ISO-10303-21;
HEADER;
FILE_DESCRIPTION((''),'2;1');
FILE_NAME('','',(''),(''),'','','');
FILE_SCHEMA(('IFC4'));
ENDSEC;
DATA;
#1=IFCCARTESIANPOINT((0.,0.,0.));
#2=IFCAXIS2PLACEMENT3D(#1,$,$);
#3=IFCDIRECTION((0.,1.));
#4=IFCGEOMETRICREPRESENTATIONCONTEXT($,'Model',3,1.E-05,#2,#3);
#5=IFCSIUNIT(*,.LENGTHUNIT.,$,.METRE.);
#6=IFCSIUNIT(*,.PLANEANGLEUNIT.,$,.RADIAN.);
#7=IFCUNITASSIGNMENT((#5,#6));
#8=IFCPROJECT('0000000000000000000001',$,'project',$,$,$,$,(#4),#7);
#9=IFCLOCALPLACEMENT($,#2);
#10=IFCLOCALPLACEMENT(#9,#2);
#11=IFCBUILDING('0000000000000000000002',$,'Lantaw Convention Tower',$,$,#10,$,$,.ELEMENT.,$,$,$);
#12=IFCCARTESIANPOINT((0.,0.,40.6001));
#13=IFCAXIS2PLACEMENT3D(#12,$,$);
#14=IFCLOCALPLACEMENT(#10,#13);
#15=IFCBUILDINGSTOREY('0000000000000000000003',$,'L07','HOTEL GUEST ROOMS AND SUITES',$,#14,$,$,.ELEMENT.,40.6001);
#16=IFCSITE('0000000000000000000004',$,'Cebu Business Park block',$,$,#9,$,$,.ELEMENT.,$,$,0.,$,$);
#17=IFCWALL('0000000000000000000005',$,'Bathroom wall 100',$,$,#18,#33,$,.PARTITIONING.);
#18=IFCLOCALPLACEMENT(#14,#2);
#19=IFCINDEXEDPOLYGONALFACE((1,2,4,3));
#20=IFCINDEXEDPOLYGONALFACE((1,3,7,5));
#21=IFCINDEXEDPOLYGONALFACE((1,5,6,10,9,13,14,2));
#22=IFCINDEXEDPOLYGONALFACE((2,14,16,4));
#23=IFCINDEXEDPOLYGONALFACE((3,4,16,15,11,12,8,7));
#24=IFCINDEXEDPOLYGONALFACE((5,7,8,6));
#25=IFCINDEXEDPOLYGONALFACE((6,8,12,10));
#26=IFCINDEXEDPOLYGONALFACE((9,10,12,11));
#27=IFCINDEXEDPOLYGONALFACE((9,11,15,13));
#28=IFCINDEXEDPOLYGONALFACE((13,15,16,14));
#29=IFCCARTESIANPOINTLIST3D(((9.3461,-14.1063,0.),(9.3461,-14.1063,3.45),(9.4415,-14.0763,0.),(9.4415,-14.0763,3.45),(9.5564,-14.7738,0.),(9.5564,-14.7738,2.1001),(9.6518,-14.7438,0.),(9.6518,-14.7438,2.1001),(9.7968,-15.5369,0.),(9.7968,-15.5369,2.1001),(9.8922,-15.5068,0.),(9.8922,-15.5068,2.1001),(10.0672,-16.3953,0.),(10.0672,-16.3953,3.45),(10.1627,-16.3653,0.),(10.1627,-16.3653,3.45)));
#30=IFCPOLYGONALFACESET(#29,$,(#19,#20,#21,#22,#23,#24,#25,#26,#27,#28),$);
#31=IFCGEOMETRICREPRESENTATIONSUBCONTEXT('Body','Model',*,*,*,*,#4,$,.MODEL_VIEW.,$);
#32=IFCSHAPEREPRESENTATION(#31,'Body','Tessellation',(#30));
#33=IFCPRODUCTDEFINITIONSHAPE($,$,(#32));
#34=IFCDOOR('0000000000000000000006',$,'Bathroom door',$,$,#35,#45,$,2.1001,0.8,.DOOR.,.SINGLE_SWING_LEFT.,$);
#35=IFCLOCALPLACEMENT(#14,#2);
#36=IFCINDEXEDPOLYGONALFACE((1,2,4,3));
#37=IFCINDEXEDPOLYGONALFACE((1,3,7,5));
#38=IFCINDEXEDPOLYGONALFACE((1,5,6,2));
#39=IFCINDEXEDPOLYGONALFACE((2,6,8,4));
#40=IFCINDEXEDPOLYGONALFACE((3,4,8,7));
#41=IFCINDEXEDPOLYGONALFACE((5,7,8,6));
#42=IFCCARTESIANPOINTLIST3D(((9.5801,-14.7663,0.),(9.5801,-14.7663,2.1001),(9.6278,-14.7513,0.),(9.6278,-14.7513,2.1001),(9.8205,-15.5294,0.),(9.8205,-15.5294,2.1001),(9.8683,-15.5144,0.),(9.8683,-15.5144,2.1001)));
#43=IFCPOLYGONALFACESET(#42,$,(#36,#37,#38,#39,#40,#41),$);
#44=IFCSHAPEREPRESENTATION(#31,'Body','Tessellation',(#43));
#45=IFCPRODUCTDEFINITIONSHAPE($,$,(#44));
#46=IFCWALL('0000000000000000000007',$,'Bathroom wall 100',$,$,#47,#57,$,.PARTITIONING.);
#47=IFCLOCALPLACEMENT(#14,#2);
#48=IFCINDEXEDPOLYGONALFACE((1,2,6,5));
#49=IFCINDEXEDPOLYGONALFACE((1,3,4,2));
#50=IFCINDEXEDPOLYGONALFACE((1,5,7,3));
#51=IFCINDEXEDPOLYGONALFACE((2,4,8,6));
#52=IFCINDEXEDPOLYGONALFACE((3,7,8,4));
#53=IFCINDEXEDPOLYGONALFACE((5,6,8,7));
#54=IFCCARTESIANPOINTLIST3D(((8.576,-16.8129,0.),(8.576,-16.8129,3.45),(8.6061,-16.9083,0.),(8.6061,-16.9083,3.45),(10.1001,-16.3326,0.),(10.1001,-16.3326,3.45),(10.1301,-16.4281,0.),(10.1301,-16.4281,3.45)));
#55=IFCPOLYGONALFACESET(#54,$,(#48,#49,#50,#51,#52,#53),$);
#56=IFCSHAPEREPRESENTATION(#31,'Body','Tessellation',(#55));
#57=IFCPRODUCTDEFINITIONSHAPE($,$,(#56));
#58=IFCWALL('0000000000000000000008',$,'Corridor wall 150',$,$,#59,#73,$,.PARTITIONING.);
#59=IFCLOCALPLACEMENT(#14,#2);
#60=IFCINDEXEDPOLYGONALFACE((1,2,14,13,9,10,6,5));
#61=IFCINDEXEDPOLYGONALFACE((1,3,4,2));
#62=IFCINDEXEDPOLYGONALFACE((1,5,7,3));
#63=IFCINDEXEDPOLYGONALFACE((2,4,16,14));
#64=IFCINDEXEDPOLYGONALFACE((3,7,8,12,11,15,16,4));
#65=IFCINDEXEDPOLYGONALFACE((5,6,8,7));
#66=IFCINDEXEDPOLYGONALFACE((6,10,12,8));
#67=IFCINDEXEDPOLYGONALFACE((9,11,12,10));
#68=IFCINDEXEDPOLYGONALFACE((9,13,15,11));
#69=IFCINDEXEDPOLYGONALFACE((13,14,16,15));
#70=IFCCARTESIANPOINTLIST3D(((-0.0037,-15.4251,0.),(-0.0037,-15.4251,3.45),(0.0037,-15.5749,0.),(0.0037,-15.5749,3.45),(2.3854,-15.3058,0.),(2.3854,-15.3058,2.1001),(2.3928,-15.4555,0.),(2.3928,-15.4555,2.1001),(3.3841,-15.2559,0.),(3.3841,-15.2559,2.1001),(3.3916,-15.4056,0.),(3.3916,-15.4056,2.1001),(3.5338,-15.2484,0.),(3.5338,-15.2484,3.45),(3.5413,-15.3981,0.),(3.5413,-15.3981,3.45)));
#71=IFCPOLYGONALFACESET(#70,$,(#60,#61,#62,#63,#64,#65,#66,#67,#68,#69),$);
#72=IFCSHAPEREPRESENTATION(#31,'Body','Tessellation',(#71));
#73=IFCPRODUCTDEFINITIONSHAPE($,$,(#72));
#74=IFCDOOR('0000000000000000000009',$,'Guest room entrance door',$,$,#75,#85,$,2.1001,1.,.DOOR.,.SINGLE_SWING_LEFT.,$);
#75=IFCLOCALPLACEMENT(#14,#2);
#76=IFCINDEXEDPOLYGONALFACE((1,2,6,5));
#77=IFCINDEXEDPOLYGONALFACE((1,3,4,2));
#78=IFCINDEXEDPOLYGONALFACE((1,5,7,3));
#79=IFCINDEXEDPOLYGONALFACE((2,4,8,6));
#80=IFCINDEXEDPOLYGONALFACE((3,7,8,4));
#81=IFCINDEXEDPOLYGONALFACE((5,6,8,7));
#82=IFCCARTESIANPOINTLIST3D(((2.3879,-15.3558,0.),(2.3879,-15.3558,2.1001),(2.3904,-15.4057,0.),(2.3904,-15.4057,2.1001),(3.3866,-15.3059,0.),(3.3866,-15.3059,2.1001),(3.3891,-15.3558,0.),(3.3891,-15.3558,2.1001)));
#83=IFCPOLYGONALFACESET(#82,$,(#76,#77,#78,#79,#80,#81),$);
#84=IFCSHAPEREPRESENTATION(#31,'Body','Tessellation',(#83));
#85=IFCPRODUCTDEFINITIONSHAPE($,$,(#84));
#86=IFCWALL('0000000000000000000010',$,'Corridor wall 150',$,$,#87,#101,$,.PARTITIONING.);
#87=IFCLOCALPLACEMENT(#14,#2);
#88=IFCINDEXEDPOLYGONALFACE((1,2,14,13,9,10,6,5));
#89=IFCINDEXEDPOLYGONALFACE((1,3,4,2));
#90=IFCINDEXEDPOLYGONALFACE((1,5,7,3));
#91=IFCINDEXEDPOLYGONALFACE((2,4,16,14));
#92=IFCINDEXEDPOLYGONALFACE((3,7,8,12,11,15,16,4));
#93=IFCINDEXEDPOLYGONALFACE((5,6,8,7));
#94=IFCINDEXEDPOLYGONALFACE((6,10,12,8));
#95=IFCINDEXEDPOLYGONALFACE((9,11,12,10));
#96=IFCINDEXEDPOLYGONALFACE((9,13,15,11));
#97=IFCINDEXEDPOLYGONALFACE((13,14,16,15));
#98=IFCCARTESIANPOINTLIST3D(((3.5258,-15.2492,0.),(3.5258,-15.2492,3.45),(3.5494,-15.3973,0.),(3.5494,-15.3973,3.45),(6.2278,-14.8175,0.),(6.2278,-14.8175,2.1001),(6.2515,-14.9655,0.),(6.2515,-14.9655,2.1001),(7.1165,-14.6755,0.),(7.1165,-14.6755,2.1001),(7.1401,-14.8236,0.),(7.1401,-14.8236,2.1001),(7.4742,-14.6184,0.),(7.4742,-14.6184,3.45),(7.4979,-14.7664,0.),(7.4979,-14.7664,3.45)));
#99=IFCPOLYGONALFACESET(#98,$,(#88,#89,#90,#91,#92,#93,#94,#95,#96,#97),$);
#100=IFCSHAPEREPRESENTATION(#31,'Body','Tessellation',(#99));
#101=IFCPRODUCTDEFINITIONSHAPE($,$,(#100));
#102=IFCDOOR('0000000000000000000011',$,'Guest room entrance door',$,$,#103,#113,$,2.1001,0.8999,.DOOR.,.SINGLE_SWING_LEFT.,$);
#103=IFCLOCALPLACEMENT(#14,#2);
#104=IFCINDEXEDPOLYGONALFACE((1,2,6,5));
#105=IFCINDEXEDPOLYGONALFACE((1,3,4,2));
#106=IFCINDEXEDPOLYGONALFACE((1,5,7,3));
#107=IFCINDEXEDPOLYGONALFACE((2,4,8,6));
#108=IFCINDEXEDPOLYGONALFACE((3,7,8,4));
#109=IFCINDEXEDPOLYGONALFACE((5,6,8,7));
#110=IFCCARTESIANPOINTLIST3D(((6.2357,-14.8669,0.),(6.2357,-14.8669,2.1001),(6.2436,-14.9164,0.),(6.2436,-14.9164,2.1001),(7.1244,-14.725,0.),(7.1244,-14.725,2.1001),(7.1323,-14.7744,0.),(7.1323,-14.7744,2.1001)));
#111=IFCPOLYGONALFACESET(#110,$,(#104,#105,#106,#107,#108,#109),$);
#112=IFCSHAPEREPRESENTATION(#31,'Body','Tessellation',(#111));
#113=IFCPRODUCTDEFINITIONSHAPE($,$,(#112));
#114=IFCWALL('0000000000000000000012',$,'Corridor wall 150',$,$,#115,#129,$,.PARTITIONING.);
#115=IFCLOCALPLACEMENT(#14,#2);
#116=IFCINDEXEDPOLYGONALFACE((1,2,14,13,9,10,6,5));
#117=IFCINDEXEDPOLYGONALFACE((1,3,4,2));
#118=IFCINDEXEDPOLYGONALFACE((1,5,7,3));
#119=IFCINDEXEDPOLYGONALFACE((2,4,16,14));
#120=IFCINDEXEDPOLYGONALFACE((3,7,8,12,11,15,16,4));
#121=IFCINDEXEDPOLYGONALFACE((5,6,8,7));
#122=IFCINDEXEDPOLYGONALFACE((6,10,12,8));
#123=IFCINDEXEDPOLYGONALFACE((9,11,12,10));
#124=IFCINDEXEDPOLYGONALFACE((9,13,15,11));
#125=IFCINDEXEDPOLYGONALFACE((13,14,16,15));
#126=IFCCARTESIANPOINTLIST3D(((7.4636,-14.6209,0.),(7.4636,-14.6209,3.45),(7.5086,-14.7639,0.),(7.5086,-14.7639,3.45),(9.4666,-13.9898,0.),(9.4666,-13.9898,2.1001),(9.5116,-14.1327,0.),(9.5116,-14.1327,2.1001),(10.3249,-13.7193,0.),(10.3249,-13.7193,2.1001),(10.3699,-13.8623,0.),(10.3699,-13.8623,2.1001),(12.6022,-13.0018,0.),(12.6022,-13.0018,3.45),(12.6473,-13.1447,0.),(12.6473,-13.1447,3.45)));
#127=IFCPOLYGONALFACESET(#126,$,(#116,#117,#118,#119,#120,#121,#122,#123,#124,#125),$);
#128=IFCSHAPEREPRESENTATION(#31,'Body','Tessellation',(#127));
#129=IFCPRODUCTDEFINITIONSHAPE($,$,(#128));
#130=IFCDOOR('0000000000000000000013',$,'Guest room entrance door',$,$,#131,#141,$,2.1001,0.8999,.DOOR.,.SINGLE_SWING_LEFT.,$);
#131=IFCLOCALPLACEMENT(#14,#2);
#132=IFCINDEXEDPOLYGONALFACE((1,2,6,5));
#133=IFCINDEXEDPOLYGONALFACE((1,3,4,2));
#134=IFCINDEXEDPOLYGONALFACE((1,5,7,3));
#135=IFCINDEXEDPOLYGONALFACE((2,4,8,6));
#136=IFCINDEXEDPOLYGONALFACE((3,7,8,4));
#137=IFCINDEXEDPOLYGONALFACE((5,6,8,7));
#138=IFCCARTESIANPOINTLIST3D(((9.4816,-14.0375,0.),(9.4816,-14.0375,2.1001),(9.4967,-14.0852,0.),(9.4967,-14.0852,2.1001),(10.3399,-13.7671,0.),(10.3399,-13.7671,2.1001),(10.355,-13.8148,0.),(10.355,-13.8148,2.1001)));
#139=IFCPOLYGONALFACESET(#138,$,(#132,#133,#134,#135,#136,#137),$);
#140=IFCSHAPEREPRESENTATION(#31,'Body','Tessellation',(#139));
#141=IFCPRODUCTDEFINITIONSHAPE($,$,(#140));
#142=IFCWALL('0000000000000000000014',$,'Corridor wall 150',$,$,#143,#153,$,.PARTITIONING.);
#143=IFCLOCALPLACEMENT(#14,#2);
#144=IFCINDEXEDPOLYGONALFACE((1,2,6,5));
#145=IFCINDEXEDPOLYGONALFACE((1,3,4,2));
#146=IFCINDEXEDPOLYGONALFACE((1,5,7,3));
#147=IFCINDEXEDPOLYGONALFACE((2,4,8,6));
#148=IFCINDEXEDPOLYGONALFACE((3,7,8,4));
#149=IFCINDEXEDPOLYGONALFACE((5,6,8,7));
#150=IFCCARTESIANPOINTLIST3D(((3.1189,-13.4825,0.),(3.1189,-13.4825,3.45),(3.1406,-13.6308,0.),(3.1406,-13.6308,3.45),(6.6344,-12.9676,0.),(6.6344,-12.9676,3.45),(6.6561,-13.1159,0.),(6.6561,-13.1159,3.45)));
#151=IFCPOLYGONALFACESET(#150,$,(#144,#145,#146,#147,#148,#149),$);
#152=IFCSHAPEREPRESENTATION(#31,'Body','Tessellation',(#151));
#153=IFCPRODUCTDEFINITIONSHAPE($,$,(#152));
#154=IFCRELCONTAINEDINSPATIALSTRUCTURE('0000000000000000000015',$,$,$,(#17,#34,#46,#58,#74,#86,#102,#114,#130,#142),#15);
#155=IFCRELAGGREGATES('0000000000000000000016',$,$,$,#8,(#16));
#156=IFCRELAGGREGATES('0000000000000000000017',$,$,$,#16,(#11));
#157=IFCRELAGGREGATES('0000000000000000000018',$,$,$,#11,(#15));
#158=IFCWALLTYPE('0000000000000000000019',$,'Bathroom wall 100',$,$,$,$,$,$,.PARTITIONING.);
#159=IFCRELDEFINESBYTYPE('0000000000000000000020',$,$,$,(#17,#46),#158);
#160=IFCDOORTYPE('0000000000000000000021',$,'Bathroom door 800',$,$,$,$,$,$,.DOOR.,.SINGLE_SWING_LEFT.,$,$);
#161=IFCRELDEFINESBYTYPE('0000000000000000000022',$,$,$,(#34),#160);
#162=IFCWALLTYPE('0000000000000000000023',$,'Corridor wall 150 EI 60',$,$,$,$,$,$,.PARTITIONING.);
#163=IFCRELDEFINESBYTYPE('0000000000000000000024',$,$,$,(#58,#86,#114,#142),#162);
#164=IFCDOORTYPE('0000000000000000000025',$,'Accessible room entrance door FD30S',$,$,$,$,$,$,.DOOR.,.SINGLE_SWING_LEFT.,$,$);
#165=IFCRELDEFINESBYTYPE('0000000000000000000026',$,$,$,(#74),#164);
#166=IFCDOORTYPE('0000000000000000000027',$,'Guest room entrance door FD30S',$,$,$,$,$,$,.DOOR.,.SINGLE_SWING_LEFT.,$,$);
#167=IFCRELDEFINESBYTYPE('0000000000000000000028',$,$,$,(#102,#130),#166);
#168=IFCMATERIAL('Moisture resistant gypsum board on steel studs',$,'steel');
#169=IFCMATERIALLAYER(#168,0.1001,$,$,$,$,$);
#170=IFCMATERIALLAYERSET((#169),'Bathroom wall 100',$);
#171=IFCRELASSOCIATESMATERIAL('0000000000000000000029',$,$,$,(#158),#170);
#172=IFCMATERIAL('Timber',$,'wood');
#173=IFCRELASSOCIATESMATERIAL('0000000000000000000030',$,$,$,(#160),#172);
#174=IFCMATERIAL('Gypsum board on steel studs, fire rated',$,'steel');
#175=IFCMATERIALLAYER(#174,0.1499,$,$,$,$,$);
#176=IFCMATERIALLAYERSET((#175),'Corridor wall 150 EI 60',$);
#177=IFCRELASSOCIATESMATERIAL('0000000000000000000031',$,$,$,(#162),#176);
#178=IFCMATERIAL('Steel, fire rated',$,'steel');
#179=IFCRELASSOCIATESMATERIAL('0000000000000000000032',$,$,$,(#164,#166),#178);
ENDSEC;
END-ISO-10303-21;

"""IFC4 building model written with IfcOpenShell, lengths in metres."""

from ifc_helpers import new_model, si_unit, direction, frame, frame_2d, origin, place, context, subcontext, project, spatial, rectangle, extrude, material, layer, layer_set, type_object, element, fill, save


model = new_model("IFC4")

# Units and contexts
model_context = context("Model", 3, precision=1e-05, world=origin(), true_north=direction((0.0, 1.0)))
body_context = subcontext(model_context, "Body", "Model", "MODEL_VIEW")
ifc_project = project(units=[si_unit("LENGTHUNIT", "METRE"), si_unit("PLANEANGLEUNIT", "RADIAN")], contexts=[model_context])

# Site, building, storey
site_placement = place(None, origin())
site = spatial("IfcSite", under=ifc_project, at=site_placement, Name="Cebu Business Park block", CompositionType="ELEMENT", RefElevation=0.0)
building_placement = place(site_placement, origin())
building = spatial("IfcBuilding", under=site, at=building_placement, Name="Lantaw Convention Tower", CompositionType="ELEMENT")
storey_placement = place(building_placement, frame((0.0, 0.0, 40.6001)))
storey = spatial("IfcBuildingStorey", under=building, at=storey_placement, Name="L07", Description="HOTEL GUEST ROOMS AND SUITES", CompositionType="ELEMENT", Elevation=40.6001)

# Shared definitions
ifc_material_1 = material(Name="Moisture resistant gypsum board on steel studs", Category="steel")
ifc_layer_1 = layer(ifc_material_1, 0.1001)
ifc_layer_set_1 = layer_set([ifc_layer_1], Name="Bathroom wall 100")
wall_type_1 = type_object("IfcWallType", Name="Bathroom wall 100", PredefinedType="PARTITIONING", material=ifc_layer_set_1)
ifc_material_2 = material(Name="Timber", Category="wood")
door_type_1 = type_object("IfcDoorType", Name="Bathroom door 800", OperationType="SINGLE_SWING_LEFT", PredefinedType="DOOR", material=ifc_material_2)

# Wall, opening, door
wall_1_placement = place(storey_placement, frame((9.3938, -14.0913, 0.0), z_axis=(0.0, 0.0, 1.0), x_axis=(0.300498, -0.953782, 0.0)))
wall_1 = element("IfcWall", 1, at=wall_1_placement, inside=storey, type_object=wall_type_1, Name="Bathroom wall 100", PredefinedType="PARTITIONING", context=body_context, shape_type="SweptSolid", body=[
    extrude(rectangle(XDim=2.3999, YDim=0.1001, at=frame_2d((1.2, 0.0))), origin(), (0.0, 0.0, 1.0), 3.45),
])
opening_1_placement = place(wall_1_placement, frame((0.7, 0.0, 0.0)))
opening_1 = element("IfcOpeningElement", 2, at=opening_1_placement, cuts=wall_1, PredefinedType="OPENING", context=body_context, shape_type="SweptSolid", body=[
    extrude(rectangle(XDim=0.8, YDim=2.1001, at=frame_2d((0.3999, 1.05))), frame((0.0, 0.0601, 0.0), z_axis=(0.0, -1.0, 0.0), x_axis=(1.0, 0.0, 0.0)), (0.0, 0.0, 1.0), 0.1201),
])
door_1_placement = place(opening_1_placement, origin())
door_1 = element("IfcDoor", 3, at=door_1_placement, inside=storey, type_object=door_type_1, Name="Bathroom door", OperationType="SINGLE_SWING_LEFT", OverallHeight=2.1001, OverallWidth=0.8, PredefinedType="DOOR", context=body_context, shape_type="SweptSolid", body=[
    extrude(rectangle(XDim=0.8, YDim=2.1001, at=frame_2d((0.3999, 1.05))), frame((0.0, 0.0249, 0.0), z_axis=(0.0, -1.0, 0.0), x_axis=(1.0, 0.0, 0.0)), (0.0, 0.0, 1.0), 0.05),
])
fill(opening_1, door_1)

# Wall
wall_2_placement = place(storey_placement, frame((10.115, -16.3804, 0.0), z_axis=(0.0, 0.0, 1.0), x_axis=(-0.953765, -0.300554, 0.0)))
element("IfcWall", 4, at=wall_2_placement, inside=storey, type_object=wall_type_1, Name="Bathroom wall 100", PredefinedType="PARTITIONING", context=body_context, shape_type="SweptSolid", body=[
    extrude(rectangle(XDim=1.5979, YDim=0.1001, at=frame_2d((0.7988, 0.0))), origin(), (0.0, 0.0, 1.0), 3.45),
])

# Walls, openings, doors
ifc_material_3 = material(Name="Gypsum board on steel studs, fire rated", Category="steel")
ifc_layer_2 = layer(ifc_material_3, 0.1499)
ifc_layer_set_2 = layer_set([ifc_layer_2], Name="Corridor wall 150 EI 60")
wall_type_2 = type_object("IfcWallType", Name="Corridor wall 150 EI 60", PredefinedType="PARTITIONING", material=ifc_layer_set_2)
wall_3_placement = place(storey_placement, frame((0.0, -15.5, 0.0), z_axis=(0.0, 0.0, 1.0), x_axis=(0.998754, 0.049903, 0.0)))
wall_3 = element("IfcWall", 5, at=wall_3_placement, inside=storey, type_object=wall_type_2, Name="Corridor wall 150", PredefinedType="PARTITIONING", context=body_context, shape_type="SweptSolid", body=[
    extrude(rectangle(XDim=3.542, YDim=0.1499, at=frame_2d((1.771, 0.0))), origin(), (0.0, 0.0, 1.0), 3.45),
])
opening_2_placement = place(wall_3_placement, frame((2.3921, 0.0, 0.0)))
opening_2 = element("IfcOpeningElement", 6, at=opening_2_placement, cuts=wall_3, PredefinedType="OPENING", context=body_context, shape_type="SweptSolid", body=[
    extrude(rectangle(XDim=1.0, YDim=2.1001, at=frame_2d((0.5, 1.05))), frame((0.0, 0.085, 0.0), z_axis=(0.0, -1.0, 0.0), x_axis=(1.0, 0.0, 0.0)), (0.0, 0.0, 1.0), 0.1699),
])
ifc_material_4 = material(Name="Steel, fire rated", Category="steel")
door_type_2 = type_object("IfcDoorType", Name="Accessible room entrance door FD30S", OperationType="SINGLE_SWING_LEFT", PredefinedType="DOOR", material=ifc_material_4)
door_2_placement = place(opening_2_placement, origin())
door_2 = element("IfcDoor", 7, at=door_2_placement, inside=storey, type_object=door_type_2, Name="Guest room entrance door", OperationType="SINGLE_SWING_LEFT", OverallHeight=2.1001, OverallWidth=1.0, PredefinedType="DOOR", context=body_context, shape_type="SweptSolid", body=[
    extrude(rectangle(XDim=1.0, YDim=2.1001, at=frame_2d((0.5, 1.05))), frame((0.0, 0.0249, 0.0), z_axis=(0.0, -1.0, 0.0), x_axis=(1.0, 0.0, 0.0)), (0.0, 0.0, 1.0), 0.05),
])
fill(opening_2, door_2)
wall_4_placement = place(storey_placement, frame((3.5376, -15.3232, 0.0), z_axis=(0.0, 0.0, 1.0), x_axis=(0.987476, 0.157771, 0.0)))
wall_4 = element("IfcWall", 8, at=wall_4_placement, inside=storey, type_object=wall_type_2, Name="Corridor wall 150", PredefinedType="PARTITIONING", context=body_context, shape_type="SweptSolid", body=[
    extrude(rectangle(XDim=3.9985, YDim=0.1499, at=frame_2d((1.9993, 0.0))), origin(), (0.0, 0.0, 1.0), 3.45),
])
opening_3_placement = place(wall_4_placement, frame((2.7363, 0.0, 0.0)))
opening_3 = element("IfcOpeningElement", 9, at=opening_3_placement, cuts=wall_4, PredefinedType="OPENING", context=body_context, shape_type="SweptSolid", body=[
    extrude(rectangle(XDim=0.8999, YDim=2.1001, at=frame_2d((0.45, 1.05))), frame((0.0, 0.085, 0.0), z_axis=(0.0, -1.0, 0.0), x_axis=(1.0, 0.0, 0.0)), (0.0, 0.0, 1.0), 0.1699),
])
door_type_3 = type_object("IfcDoorType", Name="Guest room entrance door FD30S", OperationType="SINGLE_SWING_LEFT", PredefinedType="DOOR", material=ifc_material_4)
door_3_placement = place(opening_3_placement, origin())
door_3 = element("IfcDoor", 10, at=door_3_placement, inside=storey, type_object=door_type_3, Name="Guest room entrance door", OperationType="SINGLE_SWING_LEFT", OverallHeight=2.1001, OverallWidth=0.8999, PredefinedType="DOOR", context=body_context, shape_type="SweptSolid", body=[
    extrude(rectangle(XDim=0.8999, YDim=2.1001, at=frame_2d((0.45, 1.05))), frame((0.0, 0.0249, 0.0), z_axis=(0.0, -1.0, 0.0), x_axis=(1.0, 0.0, 0.0)), (0.0, 0.0, 1.0), 0.05),
])
fill(opening_3, door_3)
wall_5_placement = place(storey_placement, frame((7.4861, -14.6924, 0.0), z_axis=(0.0, 0.0, 1.0), x_axis=(0.953774, 0.300524, 0.0)))
wall_5 = element("IfcWall", 11, at=wall_5_placement, inside=storey, type_object=wall_type_2, Name="Corridor wall 150", PredefinedType="PARTITIONING", context=body_context, shape_type="SweptSolid", body=[
    extrude(rectangle(XDim=5.3877, YDim=0.1499, at=frame_2d((2.6938, 0.0))), origin(), (0.0, 0.0, 1.0), 3.45),
])
opening_4_placement = place(wall_5_placement, frame((2.1001, 0.0, 0.0)))
opening_4 = element("IfcOpeningElement", 12, at=opening_4_placement, cuts=wall_5, PredefinedType="OPENING", context=body_context, shape_type="SweptSolid", body=[
    extrude(rectangle(XDim=0.8999, YDim=2.1001, at=frame_2d((0.45, 1.05))), frame((0.0, 0.085, 0.0), z_axis=(0.0, -1.0, 0.0), x_axis=(1.0, 0.0, 0.0)), (0.0, 0.0, 1.0), 0.1699),
])
door_4_placement = place(opening_4_placement, origin())
door_4 = element("IfcDoor", 13, at=door_4_placement, inside=storey, type_object=door_type_3, Name="Guest room entrance door", OperationType="SINGLE_SWING_LEFT", OverallHeight=2.1001, OverallWidth=0.8999, PredefinedType="DOOR", context=body_context, shape_type="SweptSolid", body=[
    extrude(rectangle(XDim=0.8999, YDim=2.1001, at=frame_2d((0.45, 1.05))), frame((0.0, 0.0249, 0.0), z_axis=(0.0, -1.0, 0.0), x_axis=(1.0, 0.0, 0.0)), (0.0, 0.0, 1.0), 0.05),
])
fill(opening_4, door_4)

# Wall
wall_6_placement = place(storey_placement, frame((3.1299, -13.5566, 0.0), z_axis=(0.0, 0.0, 1.0), x_axis=(0.989443, 0.144922, 0.0)))
element("IfcWall", 14, at=wall_6_placement, inside=storey, type_object=wall_type_2, Name="Corridor wall 150", PredefinedType="PARTITIONING", context=body_context, shape_type="SweptSolid", body=[
    extrude(rectangle(XDim=3.553, YDim=0.1499, at=frame_2d((1.7764, 0.0))), origin(), (0.0, 0.0, 1.0), 3.45),
])

save(model, "model.ifc")
